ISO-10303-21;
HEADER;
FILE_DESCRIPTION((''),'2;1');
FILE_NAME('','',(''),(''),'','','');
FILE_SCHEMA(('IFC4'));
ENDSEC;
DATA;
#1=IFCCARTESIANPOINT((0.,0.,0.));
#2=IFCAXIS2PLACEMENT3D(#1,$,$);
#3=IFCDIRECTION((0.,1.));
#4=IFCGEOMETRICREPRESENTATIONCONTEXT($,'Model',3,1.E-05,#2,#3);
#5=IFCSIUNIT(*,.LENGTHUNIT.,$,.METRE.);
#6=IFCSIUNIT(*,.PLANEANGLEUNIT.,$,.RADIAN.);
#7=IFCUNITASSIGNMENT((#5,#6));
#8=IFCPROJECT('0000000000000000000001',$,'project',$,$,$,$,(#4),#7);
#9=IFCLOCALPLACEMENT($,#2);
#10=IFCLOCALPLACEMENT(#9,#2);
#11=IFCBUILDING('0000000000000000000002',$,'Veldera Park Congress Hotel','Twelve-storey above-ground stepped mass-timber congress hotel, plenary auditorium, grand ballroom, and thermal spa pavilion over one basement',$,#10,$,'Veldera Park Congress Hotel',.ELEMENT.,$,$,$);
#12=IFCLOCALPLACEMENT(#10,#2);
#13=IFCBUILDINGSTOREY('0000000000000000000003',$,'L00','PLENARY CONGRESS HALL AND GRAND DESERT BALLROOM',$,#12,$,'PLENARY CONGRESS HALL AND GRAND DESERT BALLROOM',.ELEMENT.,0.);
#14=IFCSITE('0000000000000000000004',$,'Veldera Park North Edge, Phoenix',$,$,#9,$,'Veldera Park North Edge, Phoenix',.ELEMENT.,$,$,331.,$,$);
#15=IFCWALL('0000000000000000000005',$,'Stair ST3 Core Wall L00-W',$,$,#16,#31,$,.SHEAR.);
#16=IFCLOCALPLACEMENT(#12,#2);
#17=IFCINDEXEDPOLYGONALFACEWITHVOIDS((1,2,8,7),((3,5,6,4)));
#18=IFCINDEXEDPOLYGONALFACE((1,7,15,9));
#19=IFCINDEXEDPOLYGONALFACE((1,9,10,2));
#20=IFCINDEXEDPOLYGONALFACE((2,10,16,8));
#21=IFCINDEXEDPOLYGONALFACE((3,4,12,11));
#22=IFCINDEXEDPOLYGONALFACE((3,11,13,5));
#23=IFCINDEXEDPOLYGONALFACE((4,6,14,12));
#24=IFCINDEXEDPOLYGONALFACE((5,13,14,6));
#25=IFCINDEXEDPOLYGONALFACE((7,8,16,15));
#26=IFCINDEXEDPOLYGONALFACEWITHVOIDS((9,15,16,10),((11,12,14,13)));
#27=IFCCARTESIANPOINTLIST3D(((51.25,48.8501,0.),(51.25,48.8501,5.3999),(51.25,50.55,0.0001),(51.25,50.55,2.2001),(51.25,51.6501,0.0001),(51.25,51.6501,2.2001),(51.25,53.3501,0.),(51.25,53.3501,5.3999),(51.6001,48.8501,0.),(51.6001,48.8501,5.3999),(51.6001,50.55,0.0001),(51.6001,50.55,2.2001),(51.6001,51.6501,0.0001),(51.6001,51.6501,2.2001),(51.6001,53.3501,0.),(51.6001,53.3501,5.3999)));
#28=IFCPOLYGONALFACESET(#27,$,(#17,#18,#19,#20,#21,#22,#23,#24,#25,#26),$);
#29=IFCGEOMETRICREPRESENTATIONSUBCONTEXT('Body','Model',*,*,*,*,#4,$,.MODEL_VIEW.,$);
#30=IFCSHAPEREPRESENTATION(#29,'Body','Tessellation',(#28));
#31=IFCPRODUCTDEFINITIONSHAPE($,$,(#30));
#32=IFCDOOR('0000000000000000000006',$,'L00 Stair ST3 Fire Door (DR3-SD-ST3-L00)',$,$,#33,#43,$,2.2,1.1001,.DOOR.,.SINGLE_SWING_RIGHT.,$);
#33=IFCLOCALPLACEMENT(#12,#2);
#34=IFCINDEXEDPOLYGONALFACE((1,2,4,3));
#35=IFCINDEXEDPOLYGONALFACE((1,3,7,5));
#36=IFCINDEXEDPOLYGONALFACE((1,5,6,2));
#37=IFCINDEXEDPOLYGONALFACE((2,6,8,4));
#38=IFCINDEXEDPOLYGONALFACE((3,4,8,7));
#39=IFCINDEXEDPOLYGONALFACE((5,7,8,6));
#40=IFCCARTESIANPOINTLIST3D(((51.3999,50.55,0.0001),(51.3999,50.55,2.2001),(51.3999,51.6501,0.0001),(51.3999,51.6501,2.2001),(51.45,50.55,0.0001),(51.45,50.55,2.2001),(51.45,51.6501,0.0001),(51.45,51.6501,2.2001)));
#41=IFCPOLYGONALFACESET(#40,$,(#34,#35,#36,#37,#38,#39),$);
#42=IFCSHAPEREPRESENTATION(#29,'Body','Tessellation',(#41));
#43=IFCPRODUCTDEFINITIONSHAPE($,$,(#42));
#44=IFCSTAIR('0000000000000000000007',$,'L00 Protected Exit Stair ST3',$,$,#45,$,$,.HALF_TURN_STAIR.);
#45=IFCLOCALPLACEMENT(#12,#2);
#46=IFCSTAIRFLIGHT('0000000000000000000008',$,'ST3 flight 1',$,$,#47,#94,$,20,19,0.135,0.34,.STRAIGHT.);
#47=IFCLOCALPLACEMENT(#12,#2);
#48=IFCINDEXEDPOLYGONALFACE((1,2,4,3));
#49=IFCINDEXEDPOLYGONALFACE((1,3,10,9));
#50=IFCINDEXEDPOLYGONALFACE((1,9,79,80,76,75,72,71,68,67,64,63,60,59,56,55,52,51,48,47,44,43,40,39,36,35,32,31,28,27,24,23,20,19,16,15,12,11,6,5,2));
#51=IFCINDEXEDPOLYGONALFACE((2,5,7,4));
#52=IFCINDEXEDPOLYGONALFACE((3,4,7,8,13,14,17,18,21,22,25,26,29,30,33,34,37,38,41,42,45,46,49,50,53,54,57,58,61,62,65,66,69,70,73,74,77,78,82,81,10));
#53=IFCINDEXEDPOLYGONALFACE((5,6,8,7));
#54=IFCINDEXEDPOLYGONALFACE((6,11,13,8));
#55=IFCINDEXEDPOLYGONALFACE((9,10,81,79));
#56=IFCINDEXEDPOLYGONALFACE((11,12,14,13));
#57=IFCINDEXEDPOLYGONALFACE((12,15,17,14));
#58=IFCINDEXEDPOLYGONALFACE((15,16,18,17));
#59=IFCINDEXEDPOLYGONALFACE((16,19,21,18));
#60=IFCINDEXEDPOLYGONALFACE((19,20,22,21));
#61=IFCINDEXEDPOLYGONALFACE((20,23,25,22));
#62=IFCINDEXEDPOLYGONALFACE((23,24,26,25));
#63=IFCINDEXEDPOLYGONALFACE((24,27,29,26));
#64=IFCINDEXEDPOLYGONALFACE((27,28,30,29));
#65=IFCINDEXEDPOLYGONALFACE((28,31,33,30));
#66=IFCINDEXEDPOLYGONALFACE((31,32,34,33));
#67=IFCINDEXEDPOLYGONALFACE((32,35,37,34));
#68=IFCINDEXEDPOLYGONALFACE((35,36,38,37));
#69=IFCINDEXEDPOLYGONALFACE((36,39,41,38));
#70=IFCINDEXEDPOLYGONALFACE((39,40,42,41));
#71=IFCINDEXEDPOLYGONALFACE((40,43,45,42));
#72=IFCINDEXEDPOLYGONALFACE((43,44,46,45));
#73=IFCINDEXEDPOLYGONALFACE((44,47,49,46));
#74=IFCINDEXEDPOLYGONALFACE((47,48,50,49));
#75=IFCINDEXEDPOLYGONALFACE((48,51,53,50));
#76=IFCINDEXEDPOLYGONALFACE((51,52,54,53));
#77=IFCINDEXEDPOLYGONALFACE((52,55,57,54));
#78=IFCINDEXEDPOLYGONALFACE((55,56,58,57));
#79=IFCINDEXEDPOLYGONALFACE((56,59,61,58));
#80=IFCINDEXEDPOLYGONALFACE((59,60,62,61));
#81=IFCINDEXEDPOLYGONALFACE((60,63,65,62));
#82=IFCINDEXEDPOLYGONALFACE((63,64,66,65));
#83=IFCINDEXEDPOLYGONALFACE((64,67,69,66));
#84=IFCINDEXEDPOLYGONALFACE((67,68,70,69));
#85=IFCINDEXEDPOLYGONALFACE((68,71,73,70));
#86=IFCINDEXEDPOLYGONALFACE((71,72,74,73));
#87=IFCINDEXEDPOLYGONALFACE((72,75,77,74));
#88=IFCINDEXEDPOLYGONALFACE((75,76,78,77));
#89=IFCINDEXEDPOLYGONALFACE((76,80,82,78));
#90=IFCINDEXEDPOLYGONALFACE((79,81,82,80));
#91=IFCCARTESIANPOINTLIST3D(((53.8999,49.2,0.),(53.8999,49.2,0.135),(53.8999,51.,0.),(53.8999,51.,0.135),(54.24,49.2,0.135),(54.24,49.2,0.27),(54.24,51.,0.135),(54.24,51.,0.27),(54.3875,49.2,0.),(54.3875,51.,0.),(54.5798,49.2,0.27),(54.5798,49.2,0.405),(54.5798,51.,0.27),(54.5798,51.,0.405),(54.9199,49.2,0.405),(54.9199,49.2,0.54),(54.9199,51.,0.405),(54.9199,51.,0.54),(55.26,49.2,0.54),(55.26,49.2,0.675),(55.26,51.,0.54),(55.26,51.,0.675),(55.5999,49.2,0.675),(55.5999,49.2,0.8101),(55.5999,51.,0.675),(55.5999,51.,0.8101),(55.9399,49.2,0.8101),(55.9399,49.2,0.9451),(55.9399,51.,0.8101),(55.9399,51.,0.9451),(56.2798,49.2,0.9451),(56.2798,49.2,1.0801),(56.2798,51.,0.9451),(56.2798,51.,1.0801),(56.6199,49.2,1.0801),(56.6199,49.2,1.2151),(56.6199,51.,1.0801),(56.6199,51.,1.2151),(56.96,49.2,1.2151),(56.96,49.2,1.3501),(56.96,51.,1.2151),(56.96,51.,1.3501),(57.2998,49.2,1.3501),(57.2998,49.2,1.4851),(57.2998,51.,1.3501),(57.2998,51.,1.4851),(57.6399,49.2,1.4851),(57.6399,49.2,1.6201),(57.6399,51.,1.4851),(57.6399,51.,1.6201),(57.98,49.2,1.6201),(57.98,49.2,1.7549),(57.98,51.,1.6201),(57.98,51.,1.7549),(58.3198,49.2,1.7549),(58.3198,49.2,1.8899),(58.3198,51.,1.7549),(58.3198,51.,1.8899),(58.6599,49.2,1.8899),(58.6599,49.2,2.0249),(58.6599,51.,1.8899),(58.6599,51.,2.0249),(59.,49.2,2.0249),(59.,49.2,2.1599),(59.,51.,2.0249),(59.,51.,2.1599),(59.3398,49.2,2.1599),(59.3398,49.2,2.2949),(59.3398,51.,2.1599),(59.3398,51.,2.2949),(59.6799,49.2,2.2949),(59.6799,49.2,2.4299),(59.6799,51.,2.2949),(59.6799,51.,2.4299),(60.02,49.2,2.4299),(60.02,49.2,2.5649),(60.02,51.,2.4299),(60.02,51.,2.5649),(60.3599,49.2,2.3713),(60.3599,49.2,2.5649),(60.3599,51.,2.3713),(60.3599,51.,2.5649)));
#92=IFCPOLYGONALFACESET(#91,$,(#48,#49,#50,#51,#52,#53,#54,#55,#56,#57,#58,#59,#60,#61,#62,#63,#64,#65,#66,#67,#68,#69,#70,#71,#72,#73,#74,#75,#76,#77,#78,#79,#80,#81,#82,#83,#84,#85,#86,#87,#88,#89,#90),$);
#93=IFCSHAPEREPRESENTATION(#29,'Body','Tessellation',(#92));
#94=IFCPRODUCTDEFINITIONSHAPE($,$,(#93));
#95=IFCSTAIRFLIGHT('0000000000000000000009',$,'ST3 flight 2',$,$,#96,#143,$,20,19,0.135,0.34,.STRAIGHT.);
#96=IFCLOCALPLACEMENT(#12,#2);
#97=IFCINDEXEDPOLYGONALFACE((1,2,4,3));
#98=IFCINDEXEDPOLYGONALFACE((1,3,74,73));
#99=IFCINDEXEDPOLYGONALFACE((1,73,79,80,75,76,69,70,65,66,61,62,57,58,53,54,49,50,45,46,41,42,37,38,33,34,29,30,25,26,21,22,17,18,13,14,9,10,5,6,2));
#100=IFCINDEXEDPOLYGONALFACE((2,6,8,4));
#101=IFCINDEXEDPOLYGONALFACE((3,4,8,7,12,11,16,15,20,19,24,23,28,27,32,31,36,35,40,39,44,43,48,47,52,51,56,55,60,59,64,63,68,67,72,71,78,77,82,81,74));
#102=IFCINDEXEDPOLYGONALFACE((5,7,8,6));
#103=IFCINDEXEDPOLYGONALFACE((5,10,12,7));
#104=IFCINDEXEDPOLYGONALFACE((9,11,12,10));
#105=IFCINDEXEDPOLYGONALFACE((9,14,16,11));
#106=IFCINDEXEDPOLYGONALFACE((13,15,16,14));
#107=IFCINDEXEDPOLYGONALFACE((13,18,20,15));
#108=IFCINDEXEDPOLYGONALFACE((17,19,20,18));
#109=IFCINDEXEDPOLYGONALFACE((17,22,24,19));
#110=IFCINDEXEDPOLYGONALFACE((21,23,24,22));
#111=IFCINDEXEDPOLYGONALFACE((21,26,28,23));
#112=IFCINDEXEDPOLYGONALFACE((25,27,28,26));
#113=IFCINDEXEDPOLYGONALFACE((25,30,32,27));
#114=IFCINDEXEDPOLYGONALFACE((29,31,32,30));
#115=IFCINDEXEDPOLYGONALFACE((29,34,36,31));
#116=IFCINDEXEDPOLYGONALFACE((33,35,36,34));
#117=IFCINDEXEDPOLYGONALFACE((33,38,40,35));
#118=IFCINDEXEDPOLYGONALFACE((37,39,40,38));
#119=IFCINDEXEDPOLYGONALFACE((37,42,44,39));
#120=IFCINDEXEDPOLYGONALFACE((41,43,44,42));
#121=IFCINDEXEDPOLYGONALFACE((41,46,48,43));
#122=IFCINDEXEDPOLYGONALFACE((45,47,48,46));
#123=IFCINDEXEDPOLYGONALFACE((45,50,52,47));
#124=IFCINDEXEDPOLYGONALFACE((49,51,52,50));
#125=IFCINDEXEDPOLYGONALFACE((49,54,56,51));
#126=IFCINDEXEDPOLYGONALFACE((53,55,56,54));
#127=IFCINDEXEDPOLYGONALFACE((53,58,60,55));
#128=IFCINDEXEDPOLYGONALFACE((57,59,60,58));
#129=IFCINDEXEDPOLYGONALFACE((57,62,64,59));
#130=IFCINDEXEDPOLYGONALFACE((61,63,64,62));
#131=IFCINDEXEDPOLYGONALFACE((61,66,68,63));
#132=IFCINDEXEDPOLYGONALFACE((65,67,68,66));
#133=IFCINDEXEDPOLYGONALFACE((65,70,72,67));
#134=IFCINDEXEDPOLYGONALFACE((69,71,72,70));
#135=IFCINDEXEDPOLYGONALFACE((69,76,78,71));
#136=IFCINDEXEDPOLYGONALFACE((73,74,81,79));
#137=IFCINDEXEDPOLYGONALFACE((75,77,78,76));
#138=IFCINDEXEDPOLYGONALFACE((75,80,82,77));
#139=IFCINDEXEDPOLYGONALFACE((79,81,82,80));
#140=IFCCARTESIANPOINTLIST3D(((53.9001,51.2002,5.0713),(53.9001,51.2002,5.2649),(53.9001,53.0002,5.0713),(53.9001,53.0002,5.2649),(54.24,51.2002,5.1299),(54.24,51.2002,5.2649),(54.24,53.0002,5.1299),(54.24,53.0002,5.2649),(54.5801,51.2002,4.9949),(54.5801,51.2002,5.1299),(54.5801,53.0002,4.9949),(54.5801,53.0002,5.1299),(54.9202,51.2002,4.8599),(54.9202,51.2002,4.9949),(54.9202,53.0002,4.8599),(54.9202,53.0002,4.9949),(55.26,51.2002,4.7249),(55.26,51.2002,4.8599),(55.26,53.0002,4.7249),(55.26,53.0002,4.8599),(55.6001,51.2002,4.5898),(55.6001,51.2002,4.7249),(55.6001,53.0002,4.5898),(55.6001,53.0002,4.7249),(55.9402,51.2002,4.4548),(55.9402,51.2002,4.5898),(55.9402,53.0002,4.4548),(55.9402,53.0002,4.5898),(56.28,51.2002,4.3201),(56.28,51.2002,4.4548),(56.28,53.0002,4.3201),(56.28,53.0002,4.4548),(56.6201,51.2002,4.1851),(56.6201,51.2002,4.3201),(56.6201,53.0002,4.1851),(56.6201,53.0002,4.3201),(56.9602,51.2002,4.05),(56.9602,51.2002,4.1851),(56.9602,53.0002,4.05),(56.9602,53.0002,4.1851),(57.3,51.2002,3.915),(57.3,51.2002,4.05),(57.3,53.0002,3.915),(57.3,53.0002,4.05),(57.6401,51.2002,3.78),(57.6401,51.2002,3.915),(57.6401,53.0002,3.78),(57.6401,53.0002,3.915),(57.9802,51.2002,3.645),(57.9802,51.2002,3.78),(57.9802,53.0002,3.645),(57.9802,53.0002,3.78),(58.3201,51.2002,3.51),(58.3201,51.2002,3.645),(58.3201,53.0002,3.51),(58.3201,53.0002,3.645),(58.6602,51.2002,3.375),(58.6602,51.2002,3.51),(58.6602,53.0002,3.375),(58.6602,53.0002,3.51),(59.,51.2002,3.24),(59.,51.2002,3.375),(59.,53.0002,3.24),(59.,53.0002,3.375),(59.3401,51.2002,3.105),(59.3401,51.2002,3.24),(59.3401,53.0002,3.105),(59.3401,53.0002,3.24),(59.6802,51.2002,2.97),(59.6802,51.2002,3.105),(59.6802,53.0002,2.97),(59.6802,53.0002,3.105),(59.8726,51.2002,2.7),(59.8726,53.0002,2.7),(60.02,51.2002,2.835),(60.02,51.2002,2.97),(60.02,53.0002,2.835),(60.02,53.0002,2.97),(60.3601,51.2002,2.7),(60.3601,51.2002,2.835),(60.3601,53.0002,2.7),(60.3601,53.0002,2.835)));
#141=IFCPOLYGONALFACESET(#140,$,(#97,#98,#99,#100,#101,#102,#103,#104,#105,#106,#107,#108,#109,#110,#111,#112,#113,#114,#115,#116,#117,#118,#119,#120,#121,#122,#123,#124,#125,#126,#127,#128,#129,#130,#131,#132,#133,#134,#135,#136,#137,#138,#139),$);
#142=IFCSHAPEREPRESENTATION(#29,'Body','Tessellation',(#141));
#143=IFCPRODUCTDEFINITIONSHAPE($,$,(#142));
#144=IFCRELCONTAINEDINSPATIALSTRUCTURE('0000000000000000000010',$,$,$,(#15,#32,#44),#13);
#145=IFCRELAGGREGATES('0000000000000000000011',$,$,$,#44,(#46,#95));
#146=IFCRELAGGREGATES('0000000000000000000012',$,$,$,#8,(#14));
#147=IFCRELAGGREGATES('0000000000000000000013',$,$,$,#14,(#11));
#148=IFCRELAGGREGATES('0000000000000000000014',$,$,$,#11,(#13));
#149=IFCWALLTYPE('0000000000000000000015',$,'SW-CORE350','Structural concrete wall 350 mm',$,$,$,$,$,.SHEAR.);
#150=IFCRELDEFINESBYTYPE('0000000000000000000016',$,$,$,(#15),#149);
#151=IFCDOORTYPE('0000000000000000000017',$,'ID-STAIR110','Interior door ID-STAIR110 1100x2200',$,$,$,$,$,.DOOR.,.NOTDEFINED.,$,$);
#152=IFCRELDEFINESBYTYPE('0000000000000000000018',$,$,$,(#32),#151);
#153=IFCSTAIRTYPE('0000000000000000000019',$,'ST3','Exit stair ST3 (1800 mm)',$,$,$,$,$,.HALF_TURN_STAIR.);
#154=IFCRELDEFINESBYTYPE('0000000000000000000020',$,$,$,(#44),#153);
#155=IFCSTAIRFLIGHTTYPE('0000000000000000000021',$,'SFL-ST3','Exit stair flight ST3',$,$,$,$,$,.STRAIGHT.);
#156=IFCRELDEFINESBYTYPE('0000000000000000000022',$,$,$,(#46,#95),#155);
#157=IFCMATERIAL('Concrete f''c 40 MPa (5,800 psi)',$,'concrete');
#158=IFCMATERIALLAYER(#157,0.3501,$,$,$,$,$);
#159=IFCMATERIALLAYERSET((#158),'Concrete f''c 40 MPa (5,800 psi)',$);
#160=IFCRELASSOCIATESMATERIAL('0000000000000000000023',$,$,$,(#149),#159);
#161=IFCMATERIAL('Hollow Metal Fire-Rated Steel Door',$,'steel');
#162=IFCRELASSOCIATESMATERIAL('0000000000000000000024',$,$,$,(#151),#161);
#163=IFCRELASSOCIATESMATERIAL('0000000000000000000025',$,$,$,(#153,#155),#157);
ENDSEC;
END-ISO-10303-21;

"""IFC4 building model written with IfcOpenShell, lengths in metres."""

from ifc_helpers import new_model, si_unit, direction, frame, frame_2d, origin, place, context, subcontext, project, spatial, polyline, rectangle, outline, extrude, material, layer, layer_set, type_object, element, fill, aggregate, save


model = new_model("IFC4")

# Units and contexts
model_context = context("Model", 3, precision=1e-05, world=origin(), true_north=direction((0.0, 1.0)))
body_context = subcontext(model_context, "Body", "Model", "MODEL_VIEW")
ifc_project = project(units=[si_unit("LENGTHUNIT", "METRE"), si_unit("PLANEANGLEUNIT", "RADIAN")], contexts=[model_context])

# Site, building, storey
site_placement = place(None, origin())
site = spatial("IfcSite", under=ifc_project, at=site_placement, Name="Veldera Park North Edge, Phoenix", LongName="Veldera Park North Edge, Phoenix", CompositionType="ELEMENT", RefElevation=331.0)
building_placement = place(site_placement, origin())
building = spatial("IfcBuilding", under=site, at=building_placement, Name="Veldera Park Congress Hotel", Description="Twelve-storey above-ground stepped mass-timber congress hotel, plenary auditorium, grand ballroom, and thermal spa pavilion over one basement", LongName="Veldera Park Congress Hotel", CompositionType="ELEMENT")
storey_placement = place(building_placement, origin())
storey = spatial("IfcBuildingStorey", under=building, at=storey_placement, Name="L00", Description="PLENARY CONGRESS HALL AND GRAND DESERT BALLROOM", LongName="PLENARY CONGRESS HALL AND GRAND DESERT BALLROOM", CompositionType="ELEMENT", Elevation=0.0)

# Shared definitions
ifc_material_1 = material(Name="Concrete f'c 40 MPa (5,800 psi)", Category="concrete")

# Shared definitions
ifc_layer_1 = layer(ifc_material_1, 0.3501)
ifc_layer_set_1 = layer_set([ifc_layer_1], Name="Concrete f'c 40 MPa (5,800 psi)")
wall_type_1 = type_object("IfcWallType", Name="SW-CORE350", Description="Structural concrete wall 350 mm", PredefinedType="SHEAR", material=ifc_layer_set_1)

# Wall, opening, door
wall_1_placement = place(storey_placement, frame((51.425, 53.3501, 0.0), z_axis=(0.0, 0.0, 1.0), x_axis=(0.0, -1.0, 0.0)))
wall_1 = element("IfcWall", 1, at=wall_1_placement, inside=storey, type_object=wall_type_1, Name="Stair ST3 Core Wall L00-W", PredefinedType="SHEAR", context=body_context, shape_type="SweptSolid", body=[
    extrude(rectangle(XDim=4.5, YDim=0.3501, at=frame_2d((2.25, 0.0))), origin(), (0.0, 0.0, 1.0), 5.3999),
])
opening_1_placement = place(wall_1_placement, frame((1.7, 0.0, 0.0)))
opening_1 = element("IfcOpeningElement", 2, at=opening_1_placement, cuts=wall_1, PredefinedType="OPENING", context=body_context, shape_type="SweptSolid", body=[
    extrude(rectangle(XDim=1.1001, YDim=2.2, at=frame_2d((0.55, 1.1001))), frame((0.0, 0.187, 0.0), z_axis=(0.0, -1.0, 0.0), x_axis=(1.0, 0.0, 0.0)), (0.0, 0.0, 1.0), 0.374),
])
ifc_material_2 = material(Name="Hollow Metal Fire-Rated Steel Door", Category="steel")
door_type = type_object("IfcDoorType", Name="ID-STAIR110", Description="Interior door ID-STAIR110 1100x2200", OperationType="NOTDEFINED", PredefinedType="DOOR", material=ifc_material_2)
door_placement = place(opening_1_placement, origin())
door = element("IfcDoor", 3, at=door_placement, inside=storey, type_object=door_type, Name="L00 Stair ST3 Fire Door (DR3-SD-ST3-L00)", OperationType="SINGLE_SWING_RIGHT", OverallHeight=2.2, OverallWidth=1.1001, PredefinedType="DOOR", context=body_context, shape_type="SweptSolid", body=[
    extrude(rectangle(XDim=1.1001, YDim=2.2, at=frame_2d((0.55, 1.1001))), frame((0.0, 0.0249, 0.0), z_axis=(0.0, -1.0, 0.0), x_axis=(1.0, 0.0, 0.0)), (0.0, 0.0, 1.0), 0.05),
])
fill(opening_1, door)

# Stair, stair flights
stair_type = type_object("IfcStairType", Name="ST3", Description="Exit stair ST3 (1800 mm)", PredefinedType="HALF_TURN_STAIR", material=ifc_material_1)
stair_placement = place(storey_placement, origin())
stair = element("IfcStair", 4, at=stair_placement, inside=storey, type_object=stair_type, Name="L00 Protected Exit Stair ST3", PredefinedType="HALF_TURN_STAIR")
stair_flight_type = type_object("IfcStairFlightType", Name="SFL-ST3", Description="Exit stair flight ST3", PredefinedType="STRAIGHT", material=ifc_material_1)
stair_flight_1_placement = place(storey_placement, frame((53.8999, 50.1001, 0.0), z_axis=(0.0, 0.0, 1.0), x_axis=(1.0, 0.0, 0.0)))
stair_flight_1 = element("IfcStairFlight", 5, at=stair_flight_1_placement, type_object=stair_flight_type, Name="ST3 flight 1", NumberOfRisers=20, NumberOfTreads=19, PredefinedType="STRAIGHT", RiserHeight=0.135, TreadLength=0.34, context=body_context, shape_type="SweptSolid", body=[
    extrude(outline(polyline([(0.0, 0.0), (0.0, 0.135), (0.3401, 0.135), (0.3401, 0.27), (0.6799, 0.27), (0.6799, 0.405), (1.02, 0.405), (1.02, 0.54), (1.3601, 0.54), (1.3601, 0.675), (1.7, 0.675), (1.7, 0.8101), (2.04, 0.8101), (2.04, 0.9451), (2.3799, 0.9451), (2.3799, 1.0801), (2.72, 1.0801), (2.72, 1.2151), (3.0601, 1.2151), (3.0601, 1.3501), (3.3999, 1.3501), (3.3999, 1.4851), (3.74, 1.4851), (3.74, 1.6201), (4.0801, 1.6201), (4.0801, 1.7549), (4.4199, 1.7549), (4.4199, 1.8899), (4.76, 1.8899), (4.76, 2.0249), (5.1001, 2.0249), (5.1001, 2.1599), (5.4399, 2.1599), (5.4399, 2.2949), (5.78, 2.2949), (5.78, 2.4299), (6.1201, 2.4299), (6.1201, 2.5649), (6.46, 2.5649), (6.46, 2.7), (6.46, 2.7), (6.46, 2.3713), (0.4875, 0.0), (0.0, 0.0)])), frame((0.0, 0.8999, 0.0), z_axis=(0.0, -1.0, 0.0), x_axis=(1.0, 0.0, 0.0)), (0.0, 0.0, 1.0), 1.8),
])
stair_flight_2_placement = place(storey_placement, frame((60.3601, 52.1001, 2.7), z_axis=(0.0, 0.0, 1.0), x_axis=(-1.0, 0.0, 0.0)))
stair_flight_2 = element("IfcStairFlight", 6, at=stair_flight_2_placement, type_object=stair_flight_type, Name="ST3 flight 2", NumberOfRisers=20, NumberOfTreads=19, PredefinedType="STRAIGHT", RiserHeight=0.135, TreadLength=0.34, context=body_context, shape_type="SweptSolid", body=[
    extrude(outline(polyline([(0.0, 0.0), (0.0, 0.135), (0.3401, 0.135), (0.3401, 0.27), (0.6799, 0.27), (0.6799, 0.405), (1.02, 0.405), (1.02, 0.54), (1.3601, 0.54), (1.3601, 0.675), (1.7, 0.675), (1.7, 0.8101), (2.04, 0.8101), (2.04, 0.9451), (2.3799, 0.9451), (2.3799, 1.0801), (2.72, 1.0801), (2.72, 1.2151), (3.0601, 1.2151), (3.0601, 1.3501), (3.3999, 1.3501), (3.3999, 1.4851), (3.74, 1.4851), (3.74, 1.6201), (4.0801, 1.6201), (4.0801, 1.7549), (4.4199, 1.7549), (4.4199, 1.8899), (4.76, 1.8899), (4.76, 2.0249), (5.1001, 2.0249), (5.1001, 2.1599), (5.4399, 2.1599), (5.4399, 2.2949), (5.78, 2.2949), (5.78, 2.4299), (6.1201, 2.4299), (6.1201, 2.5649), (6.46, 2.5649), (6.46, 2.7), (6.46, 2.7), (6.46, 2.3713), (0.4875, 0.0), (0.0, 0.0)])), frame((0.0, 0.8999, 0.0), z_axis=(0.0, -1.0, 0.0), x_axis=(1.0, 0.0, 0.0)), (0.0, 0.0, 1.0), 1.8),
])
aggregate(stair, [stair_flight_1, stair_flight_2])

save(model, "model.ifc")
